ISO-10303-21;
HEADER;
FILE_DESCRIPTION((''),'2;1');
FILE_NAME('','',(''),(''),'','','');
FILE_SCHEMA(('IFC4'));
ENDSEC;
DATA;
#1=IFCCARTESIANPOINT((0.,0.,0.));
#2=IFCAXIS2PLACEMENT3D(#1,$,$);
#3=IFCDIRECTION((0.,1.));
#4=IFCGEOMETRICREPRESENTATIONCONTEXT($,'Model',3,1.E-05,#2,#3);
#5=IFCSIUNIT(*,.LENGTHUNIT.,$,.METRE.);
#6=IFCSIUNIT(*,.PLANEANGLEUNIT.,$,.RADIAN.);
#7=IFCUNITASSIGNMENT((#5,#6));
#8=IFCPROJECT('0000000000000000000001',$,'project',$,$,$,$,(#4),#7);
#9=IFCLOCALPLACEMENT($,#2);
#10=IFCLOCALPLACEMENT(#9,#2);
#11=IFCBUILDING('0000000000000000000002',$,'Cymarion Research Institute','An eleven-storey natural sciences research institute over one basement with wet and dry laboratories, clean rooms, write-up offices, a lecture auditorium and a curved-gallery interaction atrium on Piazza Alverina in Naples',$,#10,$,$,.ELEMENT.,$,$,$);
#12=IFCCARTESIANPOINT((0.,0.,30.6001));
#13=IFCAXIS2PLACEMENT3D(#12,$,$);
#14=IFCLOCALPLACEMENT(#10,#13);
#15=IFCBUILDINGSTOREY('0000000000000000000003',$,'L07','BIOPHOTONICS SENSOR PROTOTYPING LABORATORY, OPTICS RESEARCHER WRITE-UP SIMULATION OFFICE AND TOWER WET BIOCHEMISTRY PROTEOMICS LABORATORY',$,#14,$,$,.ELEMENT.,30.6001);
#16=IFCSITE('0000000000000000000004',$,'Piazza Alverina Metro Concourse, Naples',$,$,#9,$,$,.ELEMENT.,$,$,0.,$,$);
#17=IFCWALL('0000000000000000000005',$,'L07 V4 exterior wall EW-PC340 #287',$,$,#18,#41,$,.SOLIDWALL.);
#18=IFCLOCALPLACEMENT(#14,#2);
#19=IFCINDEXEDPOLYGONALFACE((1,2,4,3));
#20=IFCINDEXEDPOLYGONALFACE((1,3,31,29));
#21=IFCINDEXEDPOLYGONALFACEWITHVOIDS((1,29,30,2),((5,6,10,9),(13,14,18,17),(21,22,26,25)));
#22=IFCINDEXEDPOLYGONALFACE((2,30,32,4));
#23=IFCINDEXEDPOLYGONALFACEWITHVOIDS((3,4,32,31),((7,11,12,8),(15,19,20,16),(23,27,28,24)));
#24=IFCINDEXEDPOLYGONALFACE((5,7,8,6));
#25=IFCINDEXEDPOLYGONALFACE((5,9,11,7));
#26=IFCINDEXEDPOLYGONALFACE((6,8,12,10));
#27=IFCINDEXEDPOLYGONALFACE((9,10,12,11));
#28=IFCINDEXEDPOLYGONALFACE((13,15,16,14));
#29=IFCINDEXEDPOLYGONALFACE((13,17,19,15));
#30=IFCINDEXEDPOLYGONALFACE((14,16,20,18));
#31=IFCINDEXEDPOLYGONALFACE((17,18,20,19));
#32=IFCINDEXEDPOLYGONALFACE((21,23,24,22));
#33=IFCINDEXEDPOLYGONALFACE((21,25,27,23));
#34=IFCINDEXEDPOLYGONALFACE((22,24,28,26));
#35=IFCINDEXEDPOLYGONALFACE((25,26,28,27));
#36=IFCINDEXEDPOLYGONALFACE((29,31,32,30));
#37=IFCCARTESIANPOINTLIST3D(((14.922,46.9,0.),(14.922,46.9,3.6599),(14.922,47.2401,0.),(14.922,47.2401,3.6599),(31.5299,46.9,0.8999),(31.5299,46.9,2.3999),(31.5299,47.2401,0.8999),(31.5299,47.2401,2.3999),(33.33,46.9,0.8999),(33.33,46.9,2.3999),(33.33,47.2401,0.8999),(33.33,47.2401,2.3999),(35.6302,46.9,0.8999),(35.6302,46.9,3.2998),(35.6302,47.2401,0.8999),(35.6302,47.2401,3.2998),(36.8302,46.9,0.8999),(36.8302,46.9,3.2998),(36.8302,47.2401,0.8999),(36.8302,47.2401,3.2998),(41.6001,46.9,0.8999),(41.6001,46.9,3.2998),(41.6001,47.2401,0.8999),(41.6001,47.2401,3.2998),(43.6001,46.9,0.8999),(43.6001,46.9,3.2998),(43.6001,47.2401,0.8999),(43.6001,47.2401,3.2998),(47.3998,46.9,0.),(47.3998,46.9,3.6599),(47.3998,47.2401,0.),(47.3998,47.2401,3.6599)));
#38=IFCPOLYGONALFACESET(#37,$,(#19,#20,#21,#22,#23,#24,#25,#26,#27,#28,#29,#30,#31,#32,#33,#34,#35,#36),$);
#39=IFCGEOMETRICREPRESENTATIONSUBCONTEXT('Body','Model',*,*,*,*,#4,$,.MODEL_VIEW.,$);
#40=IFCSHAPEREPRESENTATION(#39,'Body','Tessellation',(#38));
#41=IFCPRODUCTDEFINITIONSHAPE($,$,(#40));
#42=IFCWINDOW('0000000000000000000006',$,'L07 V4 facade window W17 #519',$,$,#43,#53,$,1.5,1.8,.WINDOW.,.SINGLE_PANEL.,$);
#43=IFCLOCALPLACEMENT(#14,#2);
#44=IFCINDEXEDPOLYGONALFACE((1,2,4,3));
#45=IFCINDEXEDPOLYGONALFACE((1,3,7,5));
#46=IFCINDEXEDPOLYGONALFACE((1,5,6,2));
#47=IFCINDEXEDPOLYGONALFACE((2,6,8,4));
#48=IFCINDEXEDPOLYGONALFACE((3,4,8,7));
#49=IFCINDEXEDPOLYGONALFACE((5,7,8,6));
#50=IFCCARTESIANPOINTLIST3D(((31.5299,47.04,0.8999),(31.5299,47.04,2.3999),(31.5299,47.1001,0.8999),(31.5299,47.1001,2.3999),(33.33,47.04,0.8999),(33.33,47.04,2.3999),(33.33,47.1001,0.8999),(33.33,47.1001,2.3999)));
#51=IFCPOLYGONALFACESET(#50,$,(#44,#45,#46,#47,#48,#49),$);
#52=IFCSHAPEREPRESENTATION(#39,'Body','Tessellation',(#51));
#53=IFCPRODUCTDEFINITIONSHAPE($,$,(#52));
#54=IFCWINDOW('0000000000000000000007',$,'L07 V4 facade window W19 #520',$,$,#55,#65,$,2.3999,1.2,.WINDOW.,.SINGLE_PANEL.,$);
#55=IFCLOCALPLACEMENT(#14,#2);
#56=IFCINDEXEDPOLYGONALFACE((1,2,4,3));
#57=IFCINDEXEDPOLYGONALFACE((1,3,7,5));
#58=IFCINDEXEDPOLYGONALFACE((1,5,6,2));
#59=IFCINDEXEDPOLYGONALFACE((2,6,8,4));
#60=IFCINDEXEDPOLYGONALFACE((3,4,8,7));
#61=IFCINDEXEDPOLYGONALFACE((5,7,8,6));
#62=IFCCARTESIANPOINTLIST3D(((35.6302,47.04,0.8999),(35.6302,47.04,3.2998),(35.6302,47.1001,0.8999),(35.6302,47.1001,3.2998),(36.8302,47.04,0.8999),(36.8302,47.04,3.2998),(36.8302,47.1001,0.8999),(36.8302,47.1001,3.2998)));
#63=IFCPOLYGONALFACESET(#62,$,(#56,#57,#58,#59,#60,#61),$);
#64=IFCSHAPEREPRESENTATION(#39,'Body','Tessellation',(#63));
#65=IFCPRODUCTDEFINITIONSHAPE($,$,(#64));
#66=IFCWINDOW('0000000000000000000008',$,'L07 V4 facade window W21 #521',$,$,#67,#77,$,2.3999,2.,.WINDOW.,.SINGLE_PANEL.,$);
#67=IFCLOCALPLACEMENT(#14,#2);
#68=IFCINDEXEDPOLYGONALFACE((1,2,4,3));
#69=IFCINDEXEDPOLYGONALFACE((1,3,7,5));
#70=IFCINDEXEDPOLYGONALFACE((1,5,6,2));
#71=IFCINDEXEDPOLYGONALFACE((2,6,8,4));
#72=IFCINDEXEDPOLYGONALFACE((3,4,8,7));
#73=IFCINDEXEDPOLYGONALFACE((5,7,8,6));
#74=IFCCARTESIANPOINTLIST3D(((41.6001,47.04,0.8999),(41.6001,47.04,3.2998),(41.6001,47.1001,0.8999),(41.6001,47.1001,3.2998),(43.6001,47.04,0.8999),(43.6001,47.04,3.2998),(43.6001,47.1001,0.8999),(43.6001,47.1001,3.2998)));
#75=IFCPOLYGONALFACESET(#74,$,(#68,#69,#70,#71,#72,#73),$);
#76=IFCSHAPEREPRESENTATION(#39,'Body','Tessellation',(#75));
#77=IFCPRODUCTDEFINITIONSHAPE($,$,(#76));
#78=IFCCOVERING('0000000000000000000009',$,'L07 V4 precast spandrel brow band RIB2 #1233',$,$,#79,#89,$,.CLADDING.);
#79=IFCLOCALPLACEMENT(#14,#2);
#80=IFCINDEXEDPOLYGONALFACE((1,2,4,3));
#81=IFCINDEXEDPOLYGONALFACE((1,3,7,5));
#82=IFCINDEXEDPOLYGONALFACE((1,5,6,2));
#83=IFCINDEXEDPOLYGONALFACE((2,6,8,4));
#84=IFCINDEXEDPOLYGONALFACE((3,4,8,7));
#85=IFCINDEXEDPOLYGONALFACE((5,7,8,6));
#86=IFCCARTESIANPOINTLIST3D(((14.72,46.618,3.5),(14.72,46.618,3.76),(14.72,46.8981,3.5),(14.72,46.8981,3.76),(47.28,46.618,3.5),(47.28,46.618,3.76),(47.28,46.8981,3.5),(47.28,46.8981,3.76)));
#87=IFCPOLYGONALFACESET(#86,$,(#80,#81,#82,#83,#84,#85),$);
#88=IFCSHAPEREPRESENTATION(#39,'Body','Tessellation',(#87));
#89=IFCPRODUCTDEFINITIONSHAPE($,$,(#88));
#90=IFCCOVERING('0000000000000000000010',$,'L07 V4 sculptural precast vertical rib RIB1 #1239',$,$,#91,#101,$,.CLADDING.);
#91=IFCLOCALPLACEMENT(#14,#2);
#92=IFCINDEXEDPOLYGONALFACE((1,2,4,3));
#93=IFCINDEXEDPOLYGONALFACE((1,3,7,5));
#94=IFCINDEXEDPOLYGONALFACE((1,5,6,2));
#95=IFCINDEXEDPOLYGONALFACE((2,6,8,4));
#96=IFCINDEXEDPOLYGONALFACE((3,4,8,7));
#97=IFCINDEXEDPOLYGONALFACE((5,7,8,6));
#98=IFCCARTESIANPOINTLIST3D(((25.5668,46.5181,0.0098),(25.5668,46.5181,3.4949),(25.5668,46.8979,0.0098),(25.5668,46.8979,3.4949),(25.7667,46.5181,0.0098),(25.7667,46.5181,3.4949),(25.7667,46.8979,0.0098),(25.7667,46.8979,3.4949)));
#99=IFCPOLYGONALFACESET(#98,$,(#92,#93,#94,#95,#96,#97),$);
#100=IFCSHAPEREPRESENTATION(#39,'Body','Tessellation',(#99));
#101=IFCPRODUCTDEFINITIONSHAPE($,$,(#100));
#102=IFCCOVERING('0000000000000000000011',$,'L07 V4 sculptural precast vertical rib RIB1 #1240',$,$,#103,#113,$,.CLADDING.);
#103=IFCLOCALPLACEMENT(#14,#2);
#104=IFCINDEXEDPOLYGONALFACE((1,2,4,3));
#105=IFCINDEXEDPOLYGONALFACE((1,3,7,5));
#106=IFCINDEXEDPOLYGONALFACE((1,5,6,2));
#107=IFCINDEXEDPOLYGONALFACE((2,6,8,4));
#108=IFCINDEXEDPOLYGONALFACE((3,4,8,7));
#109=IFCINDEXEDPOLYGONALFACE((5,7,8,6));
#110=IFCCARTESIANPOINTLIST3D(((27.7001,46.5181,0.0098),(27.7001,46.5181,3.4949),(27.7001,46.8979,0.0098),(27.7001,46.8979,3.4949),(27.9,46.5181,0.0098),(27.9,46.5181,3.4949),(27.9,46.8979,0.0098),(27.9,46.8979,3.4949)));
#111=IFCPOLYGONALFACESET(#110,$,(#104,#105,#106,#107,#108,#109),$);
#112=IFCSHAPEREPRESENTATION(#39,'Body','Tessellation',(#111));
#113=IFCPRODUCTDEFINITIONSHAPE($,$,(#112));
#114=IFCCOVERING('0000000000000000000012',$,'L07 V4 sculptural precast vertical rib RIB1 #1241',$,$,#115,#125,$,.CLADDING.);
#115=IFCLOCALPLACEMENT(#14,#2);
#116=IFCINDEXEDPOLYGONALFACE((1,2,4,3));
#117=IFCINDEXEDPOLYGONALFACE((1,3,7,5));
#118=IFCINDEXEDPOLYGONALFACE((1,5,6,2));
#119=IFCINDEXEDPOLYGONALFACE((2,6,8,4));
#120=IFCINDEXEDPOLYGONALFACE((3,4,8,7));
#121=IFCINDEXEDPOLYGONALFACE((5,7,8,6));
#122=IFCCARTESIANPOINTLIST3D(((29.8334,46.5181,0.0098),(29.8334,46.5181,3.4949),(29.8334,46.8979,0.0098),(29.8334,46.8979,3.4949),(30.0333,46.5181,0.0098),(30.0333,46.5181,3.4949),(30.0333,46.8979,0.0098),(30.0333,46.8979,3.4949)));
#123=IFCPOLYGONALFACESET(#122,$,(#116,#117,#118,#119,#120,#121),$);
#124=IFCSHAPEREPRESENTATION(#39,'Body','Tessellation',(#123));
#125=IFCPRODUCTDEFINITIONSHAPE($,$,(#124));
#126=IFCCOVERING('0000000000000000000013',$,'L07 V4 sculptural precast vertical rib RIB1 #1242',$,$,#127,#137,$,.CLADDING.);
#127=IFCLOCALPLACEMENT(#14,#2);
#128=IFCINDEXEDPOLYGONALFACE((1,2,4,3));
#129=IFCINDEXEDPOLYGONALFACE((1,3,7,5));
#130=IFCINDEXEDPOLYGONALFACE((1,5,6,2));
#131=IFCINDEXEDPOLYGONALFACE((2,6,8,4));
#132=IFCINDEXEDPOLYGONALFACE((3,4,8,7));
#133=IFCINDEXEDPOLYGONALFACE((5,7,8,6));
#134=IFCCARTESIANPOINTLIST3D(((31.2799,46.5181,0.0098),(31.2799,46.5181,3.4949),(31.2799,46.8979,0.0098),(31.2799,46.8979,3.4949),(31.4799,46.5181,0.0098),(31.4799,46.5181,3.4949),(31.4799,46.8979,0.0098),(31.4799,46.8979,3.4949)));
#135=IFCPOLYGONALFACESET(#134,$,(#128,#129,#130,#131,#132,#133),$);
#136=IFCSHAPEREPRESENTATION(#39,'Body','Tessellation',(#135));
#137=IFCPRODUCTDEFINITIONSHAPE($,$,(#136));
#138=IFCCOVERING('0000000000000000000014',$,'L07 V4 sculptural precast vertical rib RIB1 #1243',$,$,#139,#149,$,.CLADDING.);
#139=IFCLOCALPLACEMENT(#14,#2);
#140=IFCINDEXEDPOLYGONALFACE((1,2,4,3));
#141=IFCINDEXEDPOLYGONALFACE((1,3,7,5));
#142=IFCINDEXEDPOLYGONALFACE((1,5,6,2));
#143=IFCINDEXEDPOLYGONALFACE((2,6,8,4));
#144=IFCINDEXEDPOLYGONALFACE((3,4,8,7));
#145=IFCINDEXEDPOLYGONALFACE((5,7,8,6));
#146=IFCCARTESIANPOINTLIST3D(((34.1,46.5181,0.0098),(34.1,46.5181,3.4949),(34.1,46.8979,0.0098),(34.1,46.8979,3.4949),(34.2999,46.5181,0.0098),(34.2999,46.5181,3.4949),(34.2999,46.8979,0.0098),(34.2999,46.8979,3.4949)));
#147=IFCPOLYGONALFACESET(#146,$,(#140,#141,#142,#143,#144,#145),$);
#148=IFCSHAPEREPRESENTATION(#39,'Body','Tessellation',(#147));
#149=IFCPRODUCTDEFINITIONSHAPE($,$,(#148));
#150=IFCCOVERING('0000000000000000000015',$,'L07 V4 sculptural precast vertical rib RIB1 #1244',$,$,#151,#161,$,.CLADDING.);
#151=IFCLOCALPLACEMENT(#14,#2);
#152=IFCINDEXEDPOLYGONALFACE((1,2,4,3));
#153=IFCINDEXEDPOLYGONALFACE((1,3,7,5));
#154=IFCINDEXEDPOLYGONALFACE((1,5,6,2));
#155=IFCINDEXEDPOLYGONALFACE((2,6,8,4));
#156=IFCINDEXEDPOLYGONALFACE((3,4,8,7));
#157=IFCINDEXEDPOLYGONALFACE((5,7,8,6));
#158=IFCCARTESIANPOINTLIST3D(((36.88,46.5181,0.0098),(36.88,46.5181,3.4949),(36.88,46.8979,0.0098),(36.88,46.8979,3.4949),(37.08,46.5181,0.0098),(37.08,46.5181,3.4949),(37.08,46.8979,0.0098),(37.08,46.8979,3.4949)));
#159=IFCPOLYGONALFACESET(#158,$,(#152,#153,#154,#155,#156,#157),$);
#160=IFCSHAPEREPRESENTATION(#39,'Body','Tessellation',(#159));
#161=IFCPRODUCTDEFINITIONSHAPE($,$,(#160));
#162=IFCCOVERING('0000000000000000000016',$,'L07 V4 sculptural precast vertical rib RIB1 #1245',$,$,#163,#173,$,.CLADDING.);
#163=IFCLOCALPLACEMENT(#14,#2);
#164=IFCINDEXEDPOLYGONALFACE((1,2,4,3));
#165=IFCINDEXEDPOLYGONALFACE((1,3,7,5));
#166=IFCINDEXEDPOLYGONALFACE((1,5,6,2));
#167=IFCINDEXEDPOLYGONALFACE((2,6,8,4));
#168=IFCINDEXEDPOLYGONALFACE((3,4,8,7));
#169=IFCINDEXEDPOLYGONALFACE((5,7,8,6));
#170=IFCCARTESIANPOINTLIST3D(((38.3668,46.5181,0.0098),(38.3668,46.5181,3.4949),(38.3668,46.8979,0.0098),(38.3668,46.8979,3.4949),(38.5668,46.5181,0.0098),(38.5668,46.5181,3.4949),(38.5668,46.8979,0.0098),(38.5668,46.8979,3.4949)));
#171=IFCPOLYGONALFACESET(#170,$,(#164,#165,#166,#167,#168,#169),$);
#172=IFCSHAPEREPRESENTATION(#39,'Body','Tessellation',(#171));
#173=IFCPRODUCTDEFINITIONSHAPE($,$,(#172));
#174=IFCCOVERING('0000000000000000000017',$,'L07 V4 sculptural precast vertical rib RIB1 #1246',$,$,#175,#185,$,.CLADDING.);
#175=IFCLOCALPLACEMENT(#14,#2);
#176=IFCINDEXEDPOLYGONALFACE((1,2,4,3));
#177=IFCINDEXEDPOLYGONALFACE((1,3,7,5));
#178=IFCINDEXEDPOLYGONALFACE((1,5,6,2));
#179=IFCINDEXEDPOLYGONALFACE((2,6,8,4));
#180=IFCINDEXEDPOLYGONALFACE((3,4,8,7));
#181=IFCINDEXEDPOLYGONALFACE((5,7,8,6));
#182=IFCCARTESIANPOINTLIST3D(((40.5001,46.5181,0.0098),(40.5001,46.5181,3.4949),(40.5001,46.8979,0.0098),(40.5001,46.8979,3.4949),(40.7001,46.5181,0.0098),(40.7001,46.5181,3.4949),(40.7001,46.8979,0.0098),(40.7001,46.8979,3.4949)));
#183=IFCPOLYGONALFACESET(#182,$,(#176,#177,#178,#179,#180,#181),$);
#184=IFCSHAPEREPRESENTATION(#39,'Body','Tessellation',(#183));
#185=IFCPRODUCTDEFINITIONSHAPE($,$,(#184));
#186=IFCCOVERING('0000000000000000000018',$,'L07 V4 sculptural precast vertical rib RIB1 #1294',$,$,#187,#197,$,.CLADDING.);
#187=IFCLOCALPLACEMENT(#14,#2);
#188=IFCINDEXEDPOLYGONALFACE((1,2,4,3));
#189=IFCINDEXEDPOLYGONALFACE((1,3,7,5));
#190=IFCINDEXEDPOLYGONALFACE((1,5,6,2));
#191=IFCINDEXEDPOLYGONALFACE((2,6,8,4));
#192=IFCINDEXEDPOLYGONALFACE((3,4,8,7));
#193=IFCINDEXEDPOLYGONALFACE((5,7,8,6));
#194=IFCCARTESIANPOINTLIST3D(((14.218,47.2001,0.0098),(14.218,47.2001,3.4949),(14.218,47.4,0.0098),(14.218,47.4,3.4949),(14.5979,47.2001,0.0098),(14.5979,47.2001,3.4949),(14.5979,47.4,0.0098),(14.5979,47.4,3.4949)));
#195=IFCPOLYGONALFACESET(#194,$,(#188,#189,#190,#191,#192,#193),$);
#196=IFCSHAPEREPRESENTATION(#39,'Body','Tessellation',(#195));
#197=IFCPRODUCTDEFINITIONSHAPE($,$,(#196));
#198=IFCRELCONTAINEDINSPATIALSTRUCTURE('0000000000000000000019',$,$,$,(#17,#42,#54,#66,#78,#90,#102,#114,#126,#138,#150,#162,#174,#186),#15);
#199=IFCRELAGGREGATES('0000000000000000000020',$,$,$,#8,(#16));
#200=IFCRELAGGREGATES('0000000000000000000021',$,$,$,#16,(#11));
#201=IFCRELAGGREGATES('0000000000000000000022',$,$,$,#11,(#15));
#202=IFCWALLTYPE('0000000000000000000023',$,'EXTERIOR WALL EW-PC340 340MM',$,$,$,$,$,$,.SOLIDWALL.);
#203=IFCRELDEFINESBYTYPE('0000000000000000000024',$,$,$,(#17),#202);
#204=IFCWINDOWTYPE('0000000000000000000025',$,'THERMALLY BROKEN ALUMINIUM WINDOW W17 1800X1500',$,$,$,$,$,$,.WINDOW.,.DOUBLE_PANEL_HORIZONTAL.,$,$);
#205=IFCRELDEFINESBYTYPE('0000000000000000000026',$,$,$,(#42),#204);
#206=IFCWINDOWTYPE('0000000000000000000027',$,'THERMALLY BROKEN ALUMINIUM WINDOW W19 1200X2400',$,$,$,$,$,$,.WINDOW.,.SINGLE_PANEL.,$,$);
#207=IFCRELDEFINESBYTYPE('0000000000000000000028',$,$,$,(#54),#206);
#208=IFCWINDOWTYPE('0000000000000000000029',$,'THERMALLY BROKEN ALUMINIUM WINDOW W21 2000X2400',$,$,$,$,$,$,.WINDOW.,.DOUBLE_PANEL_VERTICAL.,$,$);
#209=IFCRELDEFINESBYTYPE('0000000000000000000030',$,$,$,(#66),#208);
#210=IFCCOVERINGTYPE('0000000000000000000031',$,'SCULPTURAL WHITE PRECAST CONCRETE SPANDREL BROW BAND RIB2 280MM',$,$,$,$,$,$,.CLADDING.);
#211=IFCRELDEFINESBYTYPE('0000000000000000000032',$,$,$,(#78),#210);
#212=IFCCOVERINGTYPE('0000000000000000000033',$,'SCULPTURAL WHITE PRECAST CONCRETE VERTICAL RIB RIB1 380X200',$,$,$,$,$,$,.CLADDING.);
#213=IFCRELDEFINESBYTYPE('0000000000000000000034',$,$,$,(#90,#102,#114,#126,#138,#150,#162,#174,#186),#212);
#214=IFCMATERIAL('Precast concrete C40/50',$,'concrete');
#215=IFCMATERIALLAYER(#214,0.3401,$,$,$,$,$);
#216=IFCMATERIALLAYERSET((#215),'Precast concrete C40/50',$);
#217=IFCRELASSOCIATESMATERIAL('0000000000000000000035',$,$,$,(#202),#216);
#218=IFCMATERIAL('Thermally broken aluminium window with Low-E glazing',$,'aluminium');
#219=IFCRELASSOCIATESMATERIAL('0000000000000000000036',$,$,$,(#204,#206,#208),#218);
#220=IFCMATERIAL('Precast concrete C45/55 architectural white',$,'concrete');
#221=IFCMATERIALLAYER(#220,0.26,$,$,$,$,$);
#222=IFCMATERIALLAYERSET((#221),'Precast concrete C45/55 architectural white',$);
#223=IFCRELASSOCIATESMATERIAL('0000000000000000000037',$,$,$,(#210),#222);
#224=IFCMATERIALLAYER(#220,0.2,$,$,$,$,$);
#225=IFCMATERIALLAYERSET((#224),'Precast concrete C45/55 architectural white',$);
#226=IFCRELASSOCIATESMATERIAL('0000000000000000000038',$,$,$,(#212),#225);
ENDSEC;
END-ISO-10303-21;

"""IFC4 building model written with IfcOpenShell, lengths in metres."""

from ifc_helpers import new_model, si_unit, direction, frame, frame_2d, origin, origin_2d, place, context, subcontext, project, spatial, rectangle, extrude, material, layer, layer_set, type_object, element, fill, save


model = new_model("IFC4")

# Units and contexts
model_context = context("Model", 3, precision=1e-05, world=origin(), true_north=direction((0.0, 1.0)))
body_context = subcontext(model_context, "Body", "Model", "MODEL_VIEW")
ifc_project = project(units=[si_unit("LENGTHUNIT", "METRE"), si_unit("PLANEANGLEUNIT", "RADIAN")], contexts=[model_context])

# Site, building, storey
site_placement = place(None, origin())
site = spatial("IfcSite", under=ifc_project, at=site_placement, Name="Piazza Alverina Metro Concourse, Naples", CompositionType="ELEMENT", RefElevation=0.0)
building_placement = place(site_placement, origin())
building = spatial("IfcBuilding", under=site, at=building_placement, Name="Cymarion Research Institute", Description="An eleven-storey natural sciences research institute over one basement with wet and dry laboratories, clean rooms, write-up offices, a lecture auditorium and a curved-gallery interaction atrium on Piazza Alverina in Naples", CompositionType="ELEMENT")
storey_placement = place(building_placement, frame((0.0, 0.0, 30.6001)))
storey = spatial("IfcBuildingStorey", under=building, at=storey_placement, Name="L07", Description="BIOPHOTONICS SENSOR PROTOTYPING LABORATORY, OPTICS RESEARCHER WRITE-UP SIMULATION OFFICE AND TOWER WET BIOCHEMISTRY PROTEOMICS LABORATORY", CompositionType="ELEMENT", Elevation=30.6001)

# Wall, openings, windows
ifc_material_1 = material(Name="Precast concrete C40/50", Category="concrete")
ifc_layer_1 = layer(ifc_material_1, 0.3401)
ifc_layer_set_1 = layer_set([ifc_layer_1], Name="Precast concrete C40/50")
wall_type = type_object("IfcWallType", Name="EXTERIOR WALL EW-PC340 340MM", PredefinedType="SOLIDWALL", material=ifc_layer_set_1)
wall_placement = place(storey_placement, frame((14.9221, 47.0701, 0.0), z_axis=(0.0, 0.0, 1.0), x_axis=(1.0, 0.0, 0.0)))
wall = element("IfcWall", 1, at=wall_placement, inside=storey, type_object=wall_type, Name="L07 V4 exterior wall EW-PC340 #287", PredefinedType="SOLIDWALL", context=body_context, shape_type="SweptSolid", body=[
    extrude(rectangle(XDim=32.4778, YDim=0.3401, at=frame_2d((16.2388, 0.0))), origin(), (0.0, 0.0, 1.0), 3.6599),
])
opening_1_placement = place(wall_placement, frame((16.6079, 0.0, 0.8999)))
opening_1 = element("IfcOpeningElement", 2, at=opening_1_placement, cuts=wall, PredefinedType="OPENING", context=body_context, shape_type="SweptSolid", body=[
    extrude(rectangle(XDim=1.8, YDim=1.5, at=frame_2d((0.8999, 0.75))), frame((0.0, 0.1799, 0.0), z_axis=(0.0, -1.0, 0.0), x_axis=(1.0, 0.0, 0.0)), (0.0, 0.0, 1.0), 0.3601),
])
opening_2_placement = place(wall_placement, frame((20.708, 0.0, 0.8999)))
opening_2 = element("IfcOpeningElement", 3, at=opening_2_placement, cuts=wall, PredefinedType="OPENING", context=body_context, shape_type="SweptSolid", body=[
    extrude(rectangle(XDim=1.2, YDim=2.3999, at=frame_2d((0.6001, 1.2))), frame((0.0, 0.1799, 0.0), z_axis=(0.0, -1.0, 0.0), x_axis=(1.0, 0.0, 0.0)), (0.0, 0.0, 1.0), 0.3601),
])
opening_3_placement = place(wall_placement, frame((26.678, 0.0, 0.8999)))
opening_3 = element("IfcOpeningElement", 4, at=opening_3_placement, cuts=wall, PredefinedType="OPENING", context=body_context, shape_type="SweptSolid", body=[
    extrude(rectangle(XDim=2.0, YDim=2.3999, at=frame_2d((1.0, 1.2))), frame((0.0, 0.1799, 0.0), z_axis=(0.0, -1.0, 0.0), x_axis=(1.0, 0.0, 0.0)), (0.0, 0.0, 1.0), 0.3601),
])
ifc_material_2 = material(Name="Thermally broken aluminium window with Low-E glazing", Category="aluminium")
window_type_1 = type_object("IfcWindowType", Name="THERMALLY BROKEN ALUMINIUM WINDOW W17 1800X1500", PartitioningType="DOUBLE_PANEL_HORIZONTAL", PredefinedType="WINDOW", material=ifc_material_2)
window_1_placement = place(opening_1_placement, origin())
window_1 = element("IfcWindow", 5, at=window_1_placement, inside=storey, type_object=window_type_1, Name="L07 V4 facade window W17 #519", OverallHeight=1.5, OverallWidth=1.8, PartitioningType="SINGLE_PANEL", PredefinedType="WINDOW", context=body_context, shape_type="SweptSolid", body=[
    extrude(rectangle(XDim=1.8, YDim=1.5, at=frame_2d((0.8999, 0.75))), frame((0.0, 0.03, 0.0), z_axis=(0.0, -1.0, 0.0), x_axis=(1.0, 0.0, 0.0)), (0.0, 0.0, 1.0), 0.0601),
])
fill(opening_1, window_1)
window_type_2 = type_object("IfcWindowType", Name="THERMALLY BROKEN ALUMINIUM WINDOW W19 1200X2400", PartitioningType="SINGLE_PANEL", PredefinedType="WINDOW", material=ifc_material_2)
window_2_placement = place(opening_2_placement, origin())
window_2 = element("IfcWindow", 6, at=window_2_placement, inside=storey, type_object=window_type_2, Name="L07 V4 facade window W19 #520", OverallHeight=2.3999, OverallWidth=1.2, PartitioningType="SINGLE_PANEL", PredefinedType="WINDOW", context=body_context, shape_type="SweptSolid", body=[
    extrude(rectangle(XDim=1.2, YDim=2.3999, at=frame_2d((0.6001, 1.2))), frame((0.0, 0.03, 0.0), z_axis=(0.0, -1.0, 0.0), x_axis=(1.0, 0.0, 0.0)), (0.0, 0.0, 1.0), 0.0601),
])
fill(opening_2, window_2)
window_type_3 = type_object("IfcWindowType", Name="THERMALLY BROKEN ALUMINIUM WINDOW W21 2000X2400", PartitioningType="DOUBLE_PANEL_VERTICAL", PredefinedType="WINDOW", material=ifc_material_2)
window_3_placement = place(opening_3_placement, origin())
window_3 = element("IfcWindow", 7, at=window_3_placement, inside=storey, type_object=window_type_3, Name="L07 V4 facade window W21 #521", OverallHeight=2.3999, OverallWidth=2.0, PartitioningType="SINGLE_PANEL", PredefinedType="WINDOW", context=body_context, shape_type="SweptSolid", body=[
    extrude(rectangle(XDim=2.0, YDim=2.3999, at=frame_2d((1.0, 1.2))), frame((0.0, 0.03, 0.0), z_axis=(0.0, -1.0, 0.0), x_axis=(1.0, 0.0, 0.0)), (0.0, 0.0, 1.0), 0.0601),
])
fill(opening_3, window_3)

# Coverings
ifc_material_3 = material(Name="Precast concrete C45/55 architectural white", Category="concrete")
ifc_layer_2 = layer(ifc_material_3, 0.26)
ifc_layer_set_2 = layer_set([ifc_layer_2], Name="Precast concrete C45/55 architectural white")
covering_type_1 = type_object("IfcCoveringType", Name="SCULPTURAL WHITE PRECAST CONCRETE SPANDREL BROW BAND RIB2 280MM", PredefinedType="CLADDING", material=ifc_layer_set_2)
covering_placement = place(storey_placement, frame((31.0, 46.7581, 3.5), z_axis=(0.0, 0.0, 1.0), x_axis=(0.0, -1.0, 0.0)))
element("IfcCovering", 8, at=covering_placement, inside=storey, type_object=covering_type_1, Name="L07 V4 precast spandrel brow band RIB2 #1233", PredefinedType="CLADDING", context=body_context, shape_type="SweptSolid", body=[
    extrude(rectangle(XDim=0.28, YDim=32.5601, at=origin_2d()), origin(), (0.0, 0.0, 1.0), 0.26),
])
ifc_layer_3 = layer(ifc_material_3, 0.2)
ifc_layer_set_3 = layer_set([ifc_layer_3], Name="Precast concrete C45/55 architectural white")
covering_type_2 = type_object("IfcCoveringType", Name="SCULPTURAL WHITE PRECAST CONCRETE VERTICAL RIB RIB1 380X200", PredefinedType="CLADDING", material=ifc_layer_set_3)
for number, where, z_axis, x_axis, name in (
    (9, (25.6667, 46.708, 0.0098), (0.0, 0.0, 1.0), (0.0, -1.0, 0.0), "L07 V4 sculptural precast vertical rib RIB1 #1239"),
    (10, (27.8, 46.708, 0.0098), (0.0, 0.0, 1.0), (0.0, -1.0, 0.0), "L07 V4 sculptural precast vertical rib RIB1 #1240"),
    (11, (29.9333, 46.708, 0.0098), (0.0, 0.0, 1.0), (0.0, -1.0, 0.0), "L07 V4 sculptural precast vertical rib RIB1 #1241"),
    (12, (31.3799, 46.708, 0.0098), (0.0, 0.0, 1.0), (0.0, -1.0, 0.0), "L07 V4 sculptural precast vertical rib RIB1 #1242"),
    (13, (34.2, 46.708, 0.0098), (0.0, 0.0, 1.0), (0.0, -1.0, 0.0), "L07 V4 sculptural precast vertical rib RIB1 #1243"),
    (14, (36.98, 46.708, 0.0098), (0.0, 0.0, 1.0), (0.0, -1.0, 0.0), "L07 V4 sculptural precast vertical rib RIB1 #1244"),
    (15, (38.4668, 46.708, 0.0098), (0.0, 0.0, 1.0), (0.0, -1.0, 0.0), "L07 V4 sculptural precast vertical rib RIB1 #1245"),
    (16, (40.6001, 46.708, 0.0098), (0.0, 0.0, 1.0), (0.0, -1.0, 0.0), "L07 V4 sculptural precast vertical rib RIB1 #1246"),
    (17, (14.408, 47.3, 0.0098), (0.0, 0.0, 1.0), (-1.0, 0.0, 0.0), "L07 V4 sculptural precast vertical rib RIB1 #1294"),
):
    element("IfcCovering", number, at=place(storey_placement, frame(where, z_axis=z_axis, x_axis=x_axis)), inside=storey, type_object=covering_type_2, Name=name, PredefinedType="CLADDING", context=body_context, shape_type="SweptSolid", body=[
        extrude(rectangle(XDim=0.3799, YDim=0.2, at=origin_2d()), origin(), (0.0, 0.0, 1.0), 3.4851),
    ])

save(model, "model.ifc")
